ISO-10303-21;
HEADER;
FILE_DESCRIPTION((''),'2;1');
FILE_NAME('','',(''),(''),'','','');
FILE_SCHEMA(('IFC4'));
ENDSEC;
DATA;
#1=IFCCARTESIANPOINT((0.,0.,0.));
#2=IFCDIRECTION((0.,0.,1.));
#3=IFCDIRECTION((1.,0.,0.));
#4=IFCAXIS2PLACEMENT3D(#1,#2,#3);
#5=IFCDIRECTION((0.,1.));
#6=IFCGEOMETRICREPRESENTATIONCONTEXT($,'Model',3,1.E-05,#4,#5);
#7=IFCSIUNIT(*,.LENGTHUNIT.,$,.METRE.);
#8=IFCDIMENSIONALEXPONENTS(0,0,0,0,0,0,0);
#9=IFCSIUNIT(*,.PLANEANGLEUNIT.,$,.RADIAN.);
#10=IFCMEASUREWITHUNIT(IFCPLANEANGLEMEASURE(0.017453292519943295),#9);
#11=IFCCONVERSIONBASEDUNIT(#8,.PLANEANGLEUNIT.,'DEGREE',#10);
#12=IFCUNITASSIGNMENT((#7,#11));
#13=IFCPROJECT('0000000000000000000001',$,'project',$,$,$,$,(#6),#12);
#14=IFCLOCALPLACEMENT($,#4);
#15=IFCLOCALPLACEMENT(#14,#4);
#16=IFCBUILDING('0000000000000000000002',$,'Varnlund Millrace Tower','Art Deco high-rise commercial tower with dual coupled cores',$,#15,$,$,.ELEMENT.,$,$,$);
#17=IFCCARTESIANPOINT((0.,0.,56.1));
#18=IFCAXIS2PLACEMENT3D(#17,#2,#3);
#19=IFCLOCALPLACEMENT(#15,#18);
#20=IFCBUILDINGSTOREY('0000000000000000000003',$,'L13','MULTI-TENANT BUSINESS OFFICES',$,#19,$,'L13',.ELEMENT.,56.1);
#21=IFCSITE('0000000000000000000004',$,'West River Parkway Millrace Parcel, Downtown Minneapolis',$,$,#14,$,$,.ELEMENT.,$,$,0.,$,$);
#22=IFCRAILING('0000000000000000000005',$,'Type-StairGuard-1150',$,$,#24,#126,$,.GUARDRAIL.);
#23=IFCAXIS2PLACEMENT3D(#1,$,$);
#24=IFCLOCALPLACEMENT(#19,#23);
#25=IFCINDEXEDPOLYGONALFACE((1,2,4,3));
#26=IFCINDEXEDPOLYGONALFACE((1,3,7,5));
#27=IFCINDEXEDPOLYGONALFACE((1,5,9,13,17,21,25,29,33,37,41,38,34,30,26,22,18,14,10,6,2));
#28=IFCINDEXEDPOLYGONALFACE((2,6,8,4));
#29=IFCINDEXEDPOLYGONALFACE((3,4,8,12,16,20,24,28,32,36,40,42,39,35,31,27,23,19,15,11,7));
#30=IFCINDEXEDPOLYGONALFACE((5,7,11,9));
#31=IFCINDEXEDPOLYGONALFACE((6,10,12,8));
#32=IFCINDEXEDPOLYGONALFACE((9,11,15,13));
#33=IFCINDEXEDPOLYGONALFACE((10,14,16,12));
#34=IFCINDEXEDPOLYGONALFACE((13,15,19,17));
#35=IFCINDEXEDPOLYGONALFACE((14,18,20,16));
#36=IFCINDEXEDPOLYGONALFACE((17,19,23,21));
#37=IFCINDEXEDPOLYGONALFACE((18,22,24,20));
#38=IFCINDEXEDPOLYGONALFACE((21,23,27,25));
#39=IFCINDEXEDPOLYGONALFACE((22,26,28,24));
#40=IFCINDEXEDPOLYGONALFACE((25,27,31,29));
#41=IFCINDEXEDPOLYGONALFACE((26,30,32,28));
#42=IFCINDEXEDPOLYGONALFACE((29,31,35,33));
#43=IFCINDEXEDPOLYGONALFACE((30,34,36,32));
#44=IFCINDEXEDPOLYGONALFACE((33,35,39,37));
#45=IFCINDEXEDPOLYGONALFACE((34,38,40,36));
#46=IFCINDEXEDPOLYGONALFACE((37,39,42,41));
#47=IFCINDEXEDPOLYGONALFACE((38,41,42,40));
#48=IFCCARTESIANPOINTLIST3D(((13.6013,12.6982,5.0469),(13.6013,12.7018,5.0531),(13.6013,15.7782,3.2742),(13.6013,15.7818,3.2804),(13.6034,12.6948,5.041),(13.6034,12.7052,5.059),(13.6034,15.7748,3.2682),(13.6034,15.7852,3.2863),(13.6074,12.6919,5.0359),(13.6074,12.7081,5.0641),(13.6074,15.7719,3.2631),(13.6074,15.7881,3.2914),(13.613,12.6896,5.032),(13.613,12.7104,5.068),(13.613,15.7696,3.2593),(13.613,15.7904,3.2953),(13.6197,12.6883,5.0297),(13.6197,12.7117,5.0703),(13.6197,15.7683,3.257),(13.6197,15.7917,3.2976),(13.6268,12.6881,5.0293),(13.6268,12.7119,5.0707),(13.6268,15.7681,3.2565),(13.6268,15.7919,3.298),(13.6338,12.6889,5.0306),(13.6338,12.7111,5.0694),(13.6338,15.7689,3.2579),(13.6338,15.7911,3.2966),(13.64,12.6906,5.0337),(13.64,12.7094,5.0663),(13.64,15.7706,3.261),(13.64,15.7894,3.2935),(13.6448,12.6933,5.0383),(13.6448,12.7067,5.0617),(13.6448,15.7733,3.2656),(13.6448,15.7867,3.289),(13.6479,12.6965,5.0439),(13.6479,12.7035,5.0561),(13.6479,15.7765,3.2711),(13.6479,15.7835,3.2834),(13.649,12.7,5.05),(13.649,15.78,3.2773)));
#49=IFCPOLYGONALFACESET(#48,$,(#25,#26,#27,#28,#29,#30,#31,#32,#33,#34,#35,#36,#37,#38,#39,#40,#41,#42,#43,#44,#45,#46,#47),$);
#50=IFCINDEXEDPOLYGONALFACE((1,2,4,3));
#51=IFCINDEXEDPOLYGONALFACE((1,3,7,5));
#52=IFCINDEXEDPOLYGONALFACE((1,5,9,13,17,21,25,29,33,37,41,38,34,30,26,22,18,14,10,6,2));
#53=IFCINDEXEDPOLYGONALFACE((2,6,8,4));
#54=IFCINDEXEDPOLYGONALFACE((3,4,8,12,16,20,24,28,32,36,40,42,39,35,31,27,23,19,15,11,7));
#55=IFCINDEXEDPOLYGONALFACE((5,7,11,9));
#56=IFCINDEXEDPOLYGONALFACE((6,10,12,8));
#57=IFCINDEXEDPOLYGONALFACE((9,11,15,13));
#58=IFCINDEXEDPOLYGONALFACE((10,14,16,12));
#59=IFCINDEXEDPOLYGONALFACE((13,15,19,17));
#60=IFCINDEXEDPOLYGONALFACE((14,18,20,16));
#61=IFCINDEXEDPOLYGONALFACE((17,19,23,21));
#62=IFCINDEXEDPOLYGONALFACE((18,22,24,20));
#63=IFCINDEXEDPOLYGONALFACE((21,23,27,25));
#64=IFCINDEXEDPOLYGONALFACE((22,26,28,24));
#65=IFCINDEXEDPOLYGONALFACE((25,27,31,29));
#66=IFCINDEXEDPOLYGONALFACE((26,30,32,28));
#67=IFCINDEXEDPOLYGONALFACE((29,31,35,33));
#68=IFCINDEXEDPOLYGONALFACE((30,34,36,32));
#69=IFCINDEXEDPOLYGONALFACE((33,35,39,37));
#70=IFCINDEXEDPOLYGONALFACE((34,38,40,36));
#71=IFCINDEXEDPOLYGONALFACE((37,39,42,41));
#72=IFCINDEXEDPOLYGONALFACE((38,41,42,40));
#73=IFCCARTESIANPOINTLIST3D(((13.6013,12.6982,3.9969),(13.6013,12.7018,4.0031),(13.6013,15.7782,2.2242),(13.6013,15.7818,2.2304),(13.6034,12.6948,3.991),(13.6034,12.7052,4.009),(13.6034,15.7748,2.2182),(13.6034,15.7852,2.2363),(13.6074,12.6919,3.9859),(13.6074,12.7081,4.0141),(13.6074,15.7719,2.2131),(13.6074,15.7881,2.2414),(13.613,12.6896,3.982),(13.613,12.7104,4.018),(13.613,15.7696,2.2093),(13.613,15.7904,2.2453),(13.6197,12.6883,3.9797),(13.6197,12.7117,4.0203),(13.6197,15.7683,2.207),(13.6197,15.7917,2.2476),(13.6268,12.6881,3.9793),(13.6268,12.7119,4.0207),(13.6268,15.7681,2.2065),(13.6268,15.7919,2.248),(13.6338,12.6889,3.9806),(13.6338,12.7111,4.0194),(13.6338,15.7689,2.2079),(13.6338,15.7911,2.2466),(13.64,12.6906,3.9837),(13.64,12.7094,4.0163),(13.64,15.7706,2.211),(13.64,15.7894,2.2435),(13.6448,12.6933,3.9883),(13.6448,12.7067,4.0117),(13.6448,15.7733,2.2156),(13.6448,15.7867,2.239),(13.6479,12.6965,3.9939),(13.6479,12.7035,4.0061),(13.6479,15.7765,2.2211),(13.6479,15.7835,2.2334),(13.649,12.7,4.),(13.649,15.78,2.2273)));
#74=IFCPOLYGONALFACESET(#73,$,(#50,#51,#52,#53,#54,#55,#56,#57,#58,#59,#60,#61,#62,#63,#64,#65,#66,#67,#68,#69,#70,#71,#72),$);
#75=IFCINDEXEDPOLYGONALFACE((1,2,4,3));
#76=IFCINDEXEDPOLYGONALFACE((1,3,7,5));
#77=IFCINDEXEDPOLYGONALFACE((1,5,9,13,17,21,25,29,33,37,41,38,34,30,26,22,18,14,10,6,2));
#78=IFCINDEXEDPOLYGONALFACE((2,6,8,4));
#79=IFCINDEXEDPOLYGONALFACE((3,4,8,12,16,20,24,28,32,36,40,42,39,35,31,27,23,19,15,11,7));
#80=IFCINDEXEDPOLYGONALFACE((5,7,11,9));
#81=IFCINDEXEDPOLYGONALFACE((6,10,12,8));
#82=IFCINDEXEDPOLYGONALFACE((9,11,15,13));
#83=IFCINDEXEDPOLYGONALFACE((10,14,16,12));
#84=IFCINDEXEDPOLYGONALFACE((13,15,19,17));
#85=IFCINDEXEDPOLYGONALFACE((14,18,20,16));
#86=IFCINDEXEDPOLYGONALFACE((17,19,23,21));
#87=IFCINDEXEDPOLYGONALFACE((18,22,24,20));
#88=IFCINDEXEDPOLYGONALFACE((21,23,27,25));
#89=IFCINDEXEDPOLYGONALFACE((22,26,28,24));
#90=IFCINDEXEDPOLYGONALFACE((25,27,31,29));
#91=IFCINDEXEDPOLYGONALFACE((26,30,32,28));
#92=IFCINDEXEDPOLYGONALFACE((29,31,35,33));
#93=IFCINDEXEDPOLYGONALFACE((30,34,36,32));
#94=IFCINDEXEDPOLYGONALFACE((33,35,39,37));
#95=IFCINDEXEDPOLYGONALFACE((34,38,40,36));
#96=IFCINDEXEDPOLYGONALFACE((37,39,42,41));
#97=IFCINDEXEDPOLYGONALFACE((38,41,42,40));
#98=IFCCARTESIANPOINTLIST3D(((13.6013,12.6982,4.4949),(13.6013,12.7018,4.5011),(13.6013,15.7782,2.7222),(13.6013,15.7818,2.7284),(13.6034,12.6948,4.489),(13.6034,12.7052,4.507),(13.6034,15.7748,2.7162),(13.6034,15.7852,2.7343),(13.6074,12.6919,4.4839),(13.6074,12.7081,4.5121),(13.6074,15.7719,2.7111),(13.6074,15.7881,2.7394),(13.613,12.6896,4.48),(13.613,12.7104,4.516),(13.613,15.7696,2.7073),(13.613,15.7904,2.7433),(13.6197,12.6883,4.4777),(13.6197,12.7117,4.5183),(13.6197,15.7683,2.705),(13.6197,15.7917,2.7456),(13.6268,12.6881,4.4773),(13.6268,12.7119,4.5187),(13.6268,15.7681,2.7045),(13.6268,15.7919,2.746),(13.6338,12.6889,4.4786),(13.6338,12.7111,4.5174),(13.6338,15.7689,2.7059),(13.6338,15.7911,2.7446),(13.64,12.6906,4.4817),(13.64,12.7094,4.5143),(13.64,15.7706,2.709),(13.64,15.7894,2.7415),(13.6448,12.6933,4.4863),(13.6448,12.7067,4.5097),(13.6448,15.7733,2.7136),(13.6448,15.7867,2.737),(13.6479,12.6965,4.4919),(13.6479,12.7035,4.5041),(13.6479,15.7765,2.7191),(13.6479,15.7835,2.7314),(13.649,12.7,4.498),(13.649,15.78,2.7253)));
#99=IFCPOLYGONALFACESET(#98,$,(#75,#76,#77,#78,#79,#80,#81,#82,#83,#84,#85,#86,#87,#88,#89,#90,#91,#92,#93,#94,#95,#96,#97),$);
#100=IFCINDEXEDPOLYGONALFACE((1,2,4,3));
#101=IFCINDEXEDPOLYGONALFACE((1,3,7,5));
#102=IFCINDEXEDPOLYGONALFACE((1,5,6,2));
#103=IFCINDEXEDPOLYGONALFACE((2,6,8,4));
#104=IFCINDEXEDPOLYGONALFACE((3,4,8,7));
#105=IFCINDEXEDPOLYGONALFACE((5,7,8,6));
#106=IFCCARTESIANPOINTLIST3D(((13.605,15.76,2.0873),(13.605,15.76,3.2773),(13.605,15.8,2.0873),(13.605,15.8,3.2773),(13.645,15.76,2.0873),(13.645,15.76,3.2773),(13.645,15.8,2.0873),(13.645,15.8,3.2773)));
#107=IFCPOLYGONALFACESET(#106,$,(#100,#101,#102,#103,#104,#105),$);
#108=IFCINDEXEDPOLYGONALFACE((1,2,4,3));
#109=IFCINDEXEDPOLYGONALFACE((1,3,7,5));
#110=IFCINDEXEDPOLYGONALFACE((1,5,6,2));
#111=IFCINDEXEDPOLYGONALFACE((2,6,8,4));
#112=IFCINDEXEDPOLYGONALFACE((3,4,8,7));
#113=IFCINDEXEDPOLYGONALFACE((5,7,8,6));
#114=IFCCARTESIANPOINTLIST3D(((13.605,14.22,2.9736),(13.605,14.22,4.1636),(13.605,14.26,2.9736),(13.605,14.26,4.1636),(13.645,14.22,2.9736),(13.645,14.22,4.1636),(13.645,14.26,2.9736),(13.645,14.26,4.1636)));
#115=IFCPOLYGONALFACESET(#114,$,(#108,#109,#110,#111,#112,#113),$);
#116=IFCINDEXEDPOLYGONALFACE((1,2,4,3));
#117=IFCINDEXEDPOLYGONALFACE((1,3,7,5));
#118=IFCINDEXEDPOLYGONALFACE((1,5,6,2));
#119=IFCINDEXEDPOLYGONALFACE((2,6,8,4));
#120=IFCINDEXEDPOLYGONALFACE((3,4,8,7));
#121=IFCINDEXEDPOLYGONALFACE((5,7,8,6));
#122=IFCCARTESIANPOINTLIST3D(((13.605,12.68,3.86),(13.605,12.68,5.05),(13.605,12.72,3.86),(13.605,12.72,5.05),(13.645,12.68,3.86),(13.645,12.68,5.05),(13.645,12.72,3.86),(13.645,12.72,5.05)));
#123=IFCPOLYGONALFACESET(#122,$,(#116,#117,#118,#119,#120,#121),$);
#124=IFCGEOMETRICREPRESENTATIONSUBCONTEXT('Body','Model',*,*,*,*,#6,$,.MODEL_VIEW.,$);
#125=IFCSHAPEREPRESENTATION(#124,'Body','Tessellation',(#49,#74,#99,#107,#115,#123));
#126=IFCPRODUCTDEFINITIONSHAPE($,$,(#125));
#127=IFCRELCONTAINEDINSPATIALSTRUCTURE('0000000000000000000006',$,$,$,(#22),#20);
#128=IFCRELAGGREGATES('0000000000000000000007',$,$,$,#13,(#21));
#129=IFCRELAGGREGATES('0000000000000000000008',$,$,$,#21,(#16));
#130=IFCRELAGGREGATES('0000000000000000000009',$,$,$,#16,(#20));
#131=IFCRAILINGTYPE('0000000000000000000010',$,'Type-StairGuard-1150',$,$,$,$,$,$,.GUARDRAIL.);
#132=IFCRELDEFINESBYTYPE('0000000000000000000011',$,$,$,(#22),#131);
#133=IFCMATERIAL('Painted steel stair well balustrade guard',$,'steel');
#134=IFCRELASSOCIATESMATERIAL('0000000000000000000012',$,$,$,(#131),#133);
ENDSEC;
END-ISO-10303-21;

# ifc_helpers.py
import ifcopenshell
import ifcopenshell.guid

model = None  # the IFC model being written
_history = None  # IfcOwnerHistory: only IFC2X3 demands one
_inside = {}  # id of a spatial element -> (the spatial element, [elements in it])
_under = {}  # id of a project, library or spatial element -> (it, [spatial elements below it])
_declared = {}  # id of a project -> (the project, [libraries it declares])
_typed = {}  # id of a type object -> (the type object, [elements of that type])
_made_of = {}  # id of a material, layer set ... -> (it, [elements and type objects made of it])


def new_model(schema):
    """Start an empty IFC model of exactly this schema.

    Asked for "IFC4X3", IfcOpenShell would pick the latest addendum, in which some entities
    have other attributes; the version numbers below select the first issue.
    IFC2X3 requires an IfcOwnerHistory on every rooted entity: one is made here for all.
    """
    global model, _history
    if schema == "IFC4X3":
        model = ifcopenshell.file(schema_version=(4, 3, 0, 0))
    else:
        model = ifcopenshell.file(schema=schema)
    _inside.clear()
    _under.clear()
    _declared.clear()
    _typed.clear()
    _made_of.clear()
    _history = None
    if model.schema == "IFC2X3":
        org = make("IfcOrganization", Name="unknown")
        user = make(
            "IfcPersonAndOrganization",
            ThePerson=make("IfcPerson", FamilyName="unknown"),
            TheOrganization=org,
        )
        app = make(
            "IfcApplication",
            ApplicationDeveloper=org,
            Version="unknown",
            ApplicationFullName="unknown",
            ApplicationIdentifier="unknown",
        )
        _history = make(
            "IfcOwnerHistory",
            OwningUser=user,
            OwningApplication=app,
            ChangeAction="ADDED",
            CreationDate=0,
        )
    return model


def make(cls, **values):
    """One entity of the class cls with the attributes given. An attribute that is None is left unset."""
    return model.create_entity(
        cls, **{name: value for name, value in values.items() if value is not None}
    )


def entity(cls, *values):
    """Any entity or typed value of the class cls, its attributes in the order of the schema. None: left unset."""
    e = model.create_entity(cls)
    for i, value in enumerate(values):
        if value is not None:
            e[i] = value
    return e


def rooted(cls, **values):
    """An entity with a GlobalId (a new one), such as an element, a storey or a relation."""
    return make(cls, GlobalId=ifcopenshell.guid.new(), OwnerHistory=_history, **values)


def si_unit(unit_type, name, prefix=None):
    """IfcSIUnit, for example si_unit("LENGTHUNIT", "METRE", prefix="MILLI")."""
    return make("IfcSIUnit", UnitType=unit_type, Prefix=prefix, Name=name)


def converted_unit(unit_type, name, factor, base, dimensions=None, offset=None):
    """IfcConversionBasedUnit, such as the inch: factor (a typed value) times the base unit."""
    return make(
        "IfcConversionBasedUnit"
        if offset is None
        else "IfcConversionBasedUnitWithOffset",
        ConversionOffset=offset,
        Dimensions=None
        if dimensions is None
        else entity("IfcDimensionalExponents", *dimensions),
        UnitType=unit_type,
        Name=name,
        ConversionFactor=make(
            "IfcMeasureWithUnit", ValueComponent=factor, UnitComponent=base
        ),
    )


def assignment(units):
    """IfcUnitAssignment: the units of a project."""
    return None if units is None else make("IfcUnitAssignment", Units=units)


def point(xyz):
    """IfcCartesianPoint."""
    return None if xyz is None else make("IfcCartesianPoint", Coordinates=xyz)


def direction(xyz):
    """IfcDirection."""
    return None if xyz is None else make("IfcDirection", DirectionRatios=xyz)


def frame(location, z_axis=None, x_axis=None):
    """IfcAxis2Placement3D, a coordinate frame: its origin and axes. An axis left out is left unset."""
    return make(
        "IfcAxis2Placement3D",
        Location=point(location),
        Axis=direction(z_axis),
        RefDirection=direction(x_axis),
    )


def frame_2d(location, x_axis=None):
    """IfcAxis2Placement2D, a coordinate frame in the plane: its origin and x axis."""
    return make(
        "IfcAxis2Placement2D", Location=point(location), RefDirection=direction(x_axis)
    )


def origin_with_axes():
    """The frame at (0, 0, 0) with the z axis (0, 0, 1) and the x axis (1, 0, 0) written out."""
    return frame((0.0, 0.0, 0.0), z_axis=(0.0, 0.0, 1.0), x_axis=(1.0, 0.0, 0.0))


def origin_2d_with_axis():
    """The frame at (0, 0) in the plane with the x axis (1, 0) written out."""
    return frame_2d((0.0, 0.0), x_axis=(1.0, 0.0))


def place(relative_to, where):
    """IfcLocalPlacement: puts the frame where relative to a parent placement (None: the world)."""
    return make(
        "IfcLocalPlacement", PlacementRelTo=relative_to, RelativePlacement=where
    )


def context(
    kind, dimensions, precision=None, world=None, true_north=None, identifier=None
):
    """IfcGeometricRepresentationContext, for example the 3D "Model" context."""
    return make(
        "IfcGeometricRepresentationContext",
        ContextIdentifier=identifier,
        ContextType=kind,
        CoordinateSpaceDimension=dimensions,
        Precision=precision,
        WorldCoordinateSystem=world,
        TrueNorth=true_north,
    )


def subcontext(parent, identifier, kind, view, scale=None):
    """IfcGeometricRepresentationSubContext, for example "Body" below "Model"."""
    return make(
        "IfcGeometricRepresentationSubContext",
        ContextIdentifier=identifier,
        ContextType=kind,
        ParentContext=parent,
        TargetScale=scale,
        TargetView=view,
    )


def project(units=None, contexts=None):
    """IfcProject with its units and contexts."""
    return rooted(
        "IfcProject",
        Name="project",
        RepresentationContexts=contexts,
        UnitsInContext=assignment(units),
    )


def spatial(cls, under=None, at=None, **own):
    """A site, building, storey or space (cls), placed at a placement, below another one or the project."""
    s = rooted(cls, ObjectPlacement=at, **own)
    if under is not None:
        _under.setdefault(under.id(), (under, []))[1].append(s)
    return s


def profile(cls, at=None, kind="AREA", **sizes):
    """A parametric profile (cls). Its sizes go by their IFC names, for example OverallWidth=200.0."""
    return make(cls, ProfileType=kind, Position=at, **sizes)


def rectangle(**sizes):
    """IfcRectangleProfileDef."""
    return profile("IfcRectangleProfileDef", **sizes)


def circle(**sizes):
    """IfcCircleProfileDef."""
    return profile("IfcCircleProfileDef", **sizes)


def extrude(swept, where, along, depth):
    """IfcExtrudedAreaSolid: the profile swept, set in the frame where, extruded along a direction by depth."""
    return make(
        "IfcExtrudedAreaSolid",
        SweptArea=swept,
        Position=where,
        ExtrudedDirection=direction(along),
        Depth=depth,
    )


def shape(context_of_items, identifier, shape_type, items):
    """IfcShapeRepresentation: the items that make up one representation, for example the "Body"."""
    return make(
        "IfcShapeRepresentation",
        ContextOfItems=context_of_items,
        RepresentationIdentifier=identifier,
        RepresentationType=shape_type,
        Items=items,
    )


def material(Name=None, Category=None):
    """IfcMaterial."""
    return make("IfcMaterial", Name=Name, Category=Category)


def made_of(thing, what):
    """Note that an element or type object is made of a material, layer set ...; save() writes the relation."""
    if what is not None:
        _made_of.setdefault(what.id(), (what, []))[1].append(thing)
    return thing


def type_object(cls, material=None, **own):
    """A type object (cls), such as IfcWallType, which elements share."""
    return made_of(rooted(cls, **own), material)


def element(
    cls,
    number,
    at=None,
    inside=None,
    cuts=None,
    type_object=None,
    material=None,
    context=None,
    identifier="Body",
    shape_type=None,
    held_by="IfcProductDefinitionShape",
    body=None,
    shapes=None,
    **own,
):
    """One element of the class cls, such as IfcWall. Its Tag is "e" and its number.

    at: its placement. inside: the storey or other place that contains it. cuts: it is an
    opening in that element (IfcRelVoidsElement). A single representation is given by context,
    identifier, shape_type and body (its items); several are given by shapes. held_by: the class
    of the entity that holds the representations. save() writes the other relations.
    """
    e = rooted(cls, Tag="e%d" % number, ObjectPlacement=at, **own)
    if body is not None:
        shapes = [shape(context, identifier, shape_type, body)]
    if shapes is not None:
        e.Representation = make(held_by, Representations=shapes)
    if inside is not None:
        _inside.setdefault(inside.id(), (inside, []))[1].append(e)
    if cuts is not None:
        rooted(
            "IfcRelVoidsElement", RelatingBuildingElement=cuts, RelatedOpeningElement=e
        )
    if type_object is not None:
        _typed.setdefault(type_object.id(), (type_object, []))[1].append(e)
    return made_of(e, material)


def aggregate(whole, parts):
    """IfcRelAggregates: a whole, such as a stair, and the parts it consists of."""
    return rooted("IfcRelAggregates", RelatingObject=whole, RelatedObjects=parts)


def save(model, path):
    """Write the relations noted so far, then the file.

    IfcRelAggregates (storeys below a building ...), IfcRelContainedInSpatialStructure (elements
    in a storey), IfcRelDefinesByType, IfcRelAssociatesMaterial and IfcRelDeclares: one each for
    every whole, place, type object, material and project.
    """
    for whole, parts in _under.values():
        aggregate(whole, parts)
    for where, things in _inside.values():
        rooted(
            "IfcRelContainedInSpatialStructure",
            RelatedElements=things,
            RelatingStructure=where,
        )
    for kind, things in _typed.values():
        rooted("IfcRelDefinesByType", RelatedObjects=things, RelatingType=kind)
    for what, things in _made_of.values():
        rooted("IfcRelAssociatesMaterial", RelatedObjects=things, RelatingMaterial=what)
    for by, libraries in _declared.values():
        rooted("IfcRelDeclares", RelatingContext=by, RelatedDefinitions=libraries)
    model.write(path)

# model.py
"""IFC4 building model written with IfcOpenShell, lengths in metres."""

from ifc_helpers import new_model, entity, si_unit, converted_unit, direction, frame, origin_with_axes, origin_2d_with_axis, place, context, subcontext, project, spatial, rectangle, circle, extrude, material, type_object, element, save


model = new_model("IFC4")

# Units and contexts
model_context = context("Model", 3, precision=1e-05, world=origin_with_axes(), true_north=direction((0.0, 1.0)))
body_context = subcontext(model_context, "Body", "Model", "MODEL_VIEW")
ifc_project = project(units=[si_unit("LENGTHUNIT", "METRE"), converted_unit("PLANEANGLEUNIT", "DEGREE", entity("IfcPlaneAngleMeasure", 0.017453292519943295), si_unit("PLANEANGLEUNIT", "RADIAN"), dimensions=[0, 0, 0, 0, 0, 0, 0])], contexts=[model_context])

# Site, building, storey
site_placement = place(None, origin_with_axes())
site = spatial("IfcSite", under=ifc_project, at=site_placement, Name="West River Parkway Millrace Parcel, Downtown Minneapolis", CompositionType="ELEMENT", RefElevation=0.0)
building_placement = place(site_placement, origin_with_axes())
building = spatial("IfcBuilding", under=site, at=building_placement, Name="Varnlund Millrace Tower", Description="Art Deco high-rise commercial tower with dual coupled cores", CompositionType="ELEMENT")
storey_placement = place(building_placement, frame((0.0, 0.0, 56.1), z_axis=(0.0, 0.0, 1.0), x_axis=(1.0, 0.0, 0.0)))
storey = spatial("IfcBuildingStorey", under=building, at=storey_placement, Name="L13", Description="MULTI-TENANT BUSINESS OFFICES", LongName="L13", CompositionType="ELEMENT", Elevation=56.1)

# Railing
ifc_material_1 = material(Name="Painted steel stair well balustrade guard", Category="steel")
railing_type_1 = type_object("IfcRailingType", Name="Type-StairGuard-1150", PredefinedType="GUARDRAIL", material=ifc_material_1)
railing_1_placement = place(storey_placement, frame((0.0, 0.0, -56.1), z_axis=(0.0, 0.0, 1.0), x_axis=(1.0, 0.0, 0.0)))
element("IfcRailing", 1, at=railing_1_placement, inside=storey, type_object=railing_type_1, Name="Type-StairGuard-1150", PredefinedType="GUARDRAIL", context=body_context, shape_type="SweptSolid", body=[
    extrude(circle(Radius=0.024, at=origin_2d_with_axis()), frame((13.625, 15.78, 59.3773), z_axis=(0.0, -0.866696, 0.498836), x_axis=(1.0, 0.0, 0.0)), (0.0, 0.0, 1.0), 3.5537),
    extrude(circle(Radius=0.024, at=origin_2d_with_axis()), frame((13.625, 15.78, 58.3273), z_axis=(0.0, -0.866696, 0.498836), x_axis=(1.0, 0.0, 0.0)), (0.0, 0.0, 1.0), 3.5537),
    extrude(circle(Radius=0.024, at=origin_2d_with_axis()), frame((13.625, 15.78, 58.8253), z_axis=(0.0, -0.866696, 0.498836), x_axis=(1.0, 0.0, 0.0)), (0.0, 0.0, 1.0), 3.5537),
    extrude(rectangle(XDim=0.04, YDim=0.04, at=origin_2d_with_axis()), frame((13.625, 15.78, 58.1873), z_axis=(0.0, 0.0, 1.0), x_axis=(1.0, 0.0, 0.0)), (0.0, 0.0, 1.0), 1.19),
    extrude(rectangle(XDim=0.04, YDim=0.04, at=origin_2d_with_axis()), frame((13.625, 14.24, 59.0736), z_axis=(0.0, 0.0, 1.0), x_axis=(1.0, 0.0, 0.0)), (0.0, 0.0, 1.0), 1.19),
    extrude(rectangle(XDim=0.04, YDim=0.04, at=origin_2d_with_axis()), frame((13.625, 12.7, 59.96), z_axis=(0.0, 0.0, 1.0), x_axis=(1.0, 0.0, 0.0)), (0.0, 0.0, 1.0), 1.19),
])

save(model, "model.ifc")
